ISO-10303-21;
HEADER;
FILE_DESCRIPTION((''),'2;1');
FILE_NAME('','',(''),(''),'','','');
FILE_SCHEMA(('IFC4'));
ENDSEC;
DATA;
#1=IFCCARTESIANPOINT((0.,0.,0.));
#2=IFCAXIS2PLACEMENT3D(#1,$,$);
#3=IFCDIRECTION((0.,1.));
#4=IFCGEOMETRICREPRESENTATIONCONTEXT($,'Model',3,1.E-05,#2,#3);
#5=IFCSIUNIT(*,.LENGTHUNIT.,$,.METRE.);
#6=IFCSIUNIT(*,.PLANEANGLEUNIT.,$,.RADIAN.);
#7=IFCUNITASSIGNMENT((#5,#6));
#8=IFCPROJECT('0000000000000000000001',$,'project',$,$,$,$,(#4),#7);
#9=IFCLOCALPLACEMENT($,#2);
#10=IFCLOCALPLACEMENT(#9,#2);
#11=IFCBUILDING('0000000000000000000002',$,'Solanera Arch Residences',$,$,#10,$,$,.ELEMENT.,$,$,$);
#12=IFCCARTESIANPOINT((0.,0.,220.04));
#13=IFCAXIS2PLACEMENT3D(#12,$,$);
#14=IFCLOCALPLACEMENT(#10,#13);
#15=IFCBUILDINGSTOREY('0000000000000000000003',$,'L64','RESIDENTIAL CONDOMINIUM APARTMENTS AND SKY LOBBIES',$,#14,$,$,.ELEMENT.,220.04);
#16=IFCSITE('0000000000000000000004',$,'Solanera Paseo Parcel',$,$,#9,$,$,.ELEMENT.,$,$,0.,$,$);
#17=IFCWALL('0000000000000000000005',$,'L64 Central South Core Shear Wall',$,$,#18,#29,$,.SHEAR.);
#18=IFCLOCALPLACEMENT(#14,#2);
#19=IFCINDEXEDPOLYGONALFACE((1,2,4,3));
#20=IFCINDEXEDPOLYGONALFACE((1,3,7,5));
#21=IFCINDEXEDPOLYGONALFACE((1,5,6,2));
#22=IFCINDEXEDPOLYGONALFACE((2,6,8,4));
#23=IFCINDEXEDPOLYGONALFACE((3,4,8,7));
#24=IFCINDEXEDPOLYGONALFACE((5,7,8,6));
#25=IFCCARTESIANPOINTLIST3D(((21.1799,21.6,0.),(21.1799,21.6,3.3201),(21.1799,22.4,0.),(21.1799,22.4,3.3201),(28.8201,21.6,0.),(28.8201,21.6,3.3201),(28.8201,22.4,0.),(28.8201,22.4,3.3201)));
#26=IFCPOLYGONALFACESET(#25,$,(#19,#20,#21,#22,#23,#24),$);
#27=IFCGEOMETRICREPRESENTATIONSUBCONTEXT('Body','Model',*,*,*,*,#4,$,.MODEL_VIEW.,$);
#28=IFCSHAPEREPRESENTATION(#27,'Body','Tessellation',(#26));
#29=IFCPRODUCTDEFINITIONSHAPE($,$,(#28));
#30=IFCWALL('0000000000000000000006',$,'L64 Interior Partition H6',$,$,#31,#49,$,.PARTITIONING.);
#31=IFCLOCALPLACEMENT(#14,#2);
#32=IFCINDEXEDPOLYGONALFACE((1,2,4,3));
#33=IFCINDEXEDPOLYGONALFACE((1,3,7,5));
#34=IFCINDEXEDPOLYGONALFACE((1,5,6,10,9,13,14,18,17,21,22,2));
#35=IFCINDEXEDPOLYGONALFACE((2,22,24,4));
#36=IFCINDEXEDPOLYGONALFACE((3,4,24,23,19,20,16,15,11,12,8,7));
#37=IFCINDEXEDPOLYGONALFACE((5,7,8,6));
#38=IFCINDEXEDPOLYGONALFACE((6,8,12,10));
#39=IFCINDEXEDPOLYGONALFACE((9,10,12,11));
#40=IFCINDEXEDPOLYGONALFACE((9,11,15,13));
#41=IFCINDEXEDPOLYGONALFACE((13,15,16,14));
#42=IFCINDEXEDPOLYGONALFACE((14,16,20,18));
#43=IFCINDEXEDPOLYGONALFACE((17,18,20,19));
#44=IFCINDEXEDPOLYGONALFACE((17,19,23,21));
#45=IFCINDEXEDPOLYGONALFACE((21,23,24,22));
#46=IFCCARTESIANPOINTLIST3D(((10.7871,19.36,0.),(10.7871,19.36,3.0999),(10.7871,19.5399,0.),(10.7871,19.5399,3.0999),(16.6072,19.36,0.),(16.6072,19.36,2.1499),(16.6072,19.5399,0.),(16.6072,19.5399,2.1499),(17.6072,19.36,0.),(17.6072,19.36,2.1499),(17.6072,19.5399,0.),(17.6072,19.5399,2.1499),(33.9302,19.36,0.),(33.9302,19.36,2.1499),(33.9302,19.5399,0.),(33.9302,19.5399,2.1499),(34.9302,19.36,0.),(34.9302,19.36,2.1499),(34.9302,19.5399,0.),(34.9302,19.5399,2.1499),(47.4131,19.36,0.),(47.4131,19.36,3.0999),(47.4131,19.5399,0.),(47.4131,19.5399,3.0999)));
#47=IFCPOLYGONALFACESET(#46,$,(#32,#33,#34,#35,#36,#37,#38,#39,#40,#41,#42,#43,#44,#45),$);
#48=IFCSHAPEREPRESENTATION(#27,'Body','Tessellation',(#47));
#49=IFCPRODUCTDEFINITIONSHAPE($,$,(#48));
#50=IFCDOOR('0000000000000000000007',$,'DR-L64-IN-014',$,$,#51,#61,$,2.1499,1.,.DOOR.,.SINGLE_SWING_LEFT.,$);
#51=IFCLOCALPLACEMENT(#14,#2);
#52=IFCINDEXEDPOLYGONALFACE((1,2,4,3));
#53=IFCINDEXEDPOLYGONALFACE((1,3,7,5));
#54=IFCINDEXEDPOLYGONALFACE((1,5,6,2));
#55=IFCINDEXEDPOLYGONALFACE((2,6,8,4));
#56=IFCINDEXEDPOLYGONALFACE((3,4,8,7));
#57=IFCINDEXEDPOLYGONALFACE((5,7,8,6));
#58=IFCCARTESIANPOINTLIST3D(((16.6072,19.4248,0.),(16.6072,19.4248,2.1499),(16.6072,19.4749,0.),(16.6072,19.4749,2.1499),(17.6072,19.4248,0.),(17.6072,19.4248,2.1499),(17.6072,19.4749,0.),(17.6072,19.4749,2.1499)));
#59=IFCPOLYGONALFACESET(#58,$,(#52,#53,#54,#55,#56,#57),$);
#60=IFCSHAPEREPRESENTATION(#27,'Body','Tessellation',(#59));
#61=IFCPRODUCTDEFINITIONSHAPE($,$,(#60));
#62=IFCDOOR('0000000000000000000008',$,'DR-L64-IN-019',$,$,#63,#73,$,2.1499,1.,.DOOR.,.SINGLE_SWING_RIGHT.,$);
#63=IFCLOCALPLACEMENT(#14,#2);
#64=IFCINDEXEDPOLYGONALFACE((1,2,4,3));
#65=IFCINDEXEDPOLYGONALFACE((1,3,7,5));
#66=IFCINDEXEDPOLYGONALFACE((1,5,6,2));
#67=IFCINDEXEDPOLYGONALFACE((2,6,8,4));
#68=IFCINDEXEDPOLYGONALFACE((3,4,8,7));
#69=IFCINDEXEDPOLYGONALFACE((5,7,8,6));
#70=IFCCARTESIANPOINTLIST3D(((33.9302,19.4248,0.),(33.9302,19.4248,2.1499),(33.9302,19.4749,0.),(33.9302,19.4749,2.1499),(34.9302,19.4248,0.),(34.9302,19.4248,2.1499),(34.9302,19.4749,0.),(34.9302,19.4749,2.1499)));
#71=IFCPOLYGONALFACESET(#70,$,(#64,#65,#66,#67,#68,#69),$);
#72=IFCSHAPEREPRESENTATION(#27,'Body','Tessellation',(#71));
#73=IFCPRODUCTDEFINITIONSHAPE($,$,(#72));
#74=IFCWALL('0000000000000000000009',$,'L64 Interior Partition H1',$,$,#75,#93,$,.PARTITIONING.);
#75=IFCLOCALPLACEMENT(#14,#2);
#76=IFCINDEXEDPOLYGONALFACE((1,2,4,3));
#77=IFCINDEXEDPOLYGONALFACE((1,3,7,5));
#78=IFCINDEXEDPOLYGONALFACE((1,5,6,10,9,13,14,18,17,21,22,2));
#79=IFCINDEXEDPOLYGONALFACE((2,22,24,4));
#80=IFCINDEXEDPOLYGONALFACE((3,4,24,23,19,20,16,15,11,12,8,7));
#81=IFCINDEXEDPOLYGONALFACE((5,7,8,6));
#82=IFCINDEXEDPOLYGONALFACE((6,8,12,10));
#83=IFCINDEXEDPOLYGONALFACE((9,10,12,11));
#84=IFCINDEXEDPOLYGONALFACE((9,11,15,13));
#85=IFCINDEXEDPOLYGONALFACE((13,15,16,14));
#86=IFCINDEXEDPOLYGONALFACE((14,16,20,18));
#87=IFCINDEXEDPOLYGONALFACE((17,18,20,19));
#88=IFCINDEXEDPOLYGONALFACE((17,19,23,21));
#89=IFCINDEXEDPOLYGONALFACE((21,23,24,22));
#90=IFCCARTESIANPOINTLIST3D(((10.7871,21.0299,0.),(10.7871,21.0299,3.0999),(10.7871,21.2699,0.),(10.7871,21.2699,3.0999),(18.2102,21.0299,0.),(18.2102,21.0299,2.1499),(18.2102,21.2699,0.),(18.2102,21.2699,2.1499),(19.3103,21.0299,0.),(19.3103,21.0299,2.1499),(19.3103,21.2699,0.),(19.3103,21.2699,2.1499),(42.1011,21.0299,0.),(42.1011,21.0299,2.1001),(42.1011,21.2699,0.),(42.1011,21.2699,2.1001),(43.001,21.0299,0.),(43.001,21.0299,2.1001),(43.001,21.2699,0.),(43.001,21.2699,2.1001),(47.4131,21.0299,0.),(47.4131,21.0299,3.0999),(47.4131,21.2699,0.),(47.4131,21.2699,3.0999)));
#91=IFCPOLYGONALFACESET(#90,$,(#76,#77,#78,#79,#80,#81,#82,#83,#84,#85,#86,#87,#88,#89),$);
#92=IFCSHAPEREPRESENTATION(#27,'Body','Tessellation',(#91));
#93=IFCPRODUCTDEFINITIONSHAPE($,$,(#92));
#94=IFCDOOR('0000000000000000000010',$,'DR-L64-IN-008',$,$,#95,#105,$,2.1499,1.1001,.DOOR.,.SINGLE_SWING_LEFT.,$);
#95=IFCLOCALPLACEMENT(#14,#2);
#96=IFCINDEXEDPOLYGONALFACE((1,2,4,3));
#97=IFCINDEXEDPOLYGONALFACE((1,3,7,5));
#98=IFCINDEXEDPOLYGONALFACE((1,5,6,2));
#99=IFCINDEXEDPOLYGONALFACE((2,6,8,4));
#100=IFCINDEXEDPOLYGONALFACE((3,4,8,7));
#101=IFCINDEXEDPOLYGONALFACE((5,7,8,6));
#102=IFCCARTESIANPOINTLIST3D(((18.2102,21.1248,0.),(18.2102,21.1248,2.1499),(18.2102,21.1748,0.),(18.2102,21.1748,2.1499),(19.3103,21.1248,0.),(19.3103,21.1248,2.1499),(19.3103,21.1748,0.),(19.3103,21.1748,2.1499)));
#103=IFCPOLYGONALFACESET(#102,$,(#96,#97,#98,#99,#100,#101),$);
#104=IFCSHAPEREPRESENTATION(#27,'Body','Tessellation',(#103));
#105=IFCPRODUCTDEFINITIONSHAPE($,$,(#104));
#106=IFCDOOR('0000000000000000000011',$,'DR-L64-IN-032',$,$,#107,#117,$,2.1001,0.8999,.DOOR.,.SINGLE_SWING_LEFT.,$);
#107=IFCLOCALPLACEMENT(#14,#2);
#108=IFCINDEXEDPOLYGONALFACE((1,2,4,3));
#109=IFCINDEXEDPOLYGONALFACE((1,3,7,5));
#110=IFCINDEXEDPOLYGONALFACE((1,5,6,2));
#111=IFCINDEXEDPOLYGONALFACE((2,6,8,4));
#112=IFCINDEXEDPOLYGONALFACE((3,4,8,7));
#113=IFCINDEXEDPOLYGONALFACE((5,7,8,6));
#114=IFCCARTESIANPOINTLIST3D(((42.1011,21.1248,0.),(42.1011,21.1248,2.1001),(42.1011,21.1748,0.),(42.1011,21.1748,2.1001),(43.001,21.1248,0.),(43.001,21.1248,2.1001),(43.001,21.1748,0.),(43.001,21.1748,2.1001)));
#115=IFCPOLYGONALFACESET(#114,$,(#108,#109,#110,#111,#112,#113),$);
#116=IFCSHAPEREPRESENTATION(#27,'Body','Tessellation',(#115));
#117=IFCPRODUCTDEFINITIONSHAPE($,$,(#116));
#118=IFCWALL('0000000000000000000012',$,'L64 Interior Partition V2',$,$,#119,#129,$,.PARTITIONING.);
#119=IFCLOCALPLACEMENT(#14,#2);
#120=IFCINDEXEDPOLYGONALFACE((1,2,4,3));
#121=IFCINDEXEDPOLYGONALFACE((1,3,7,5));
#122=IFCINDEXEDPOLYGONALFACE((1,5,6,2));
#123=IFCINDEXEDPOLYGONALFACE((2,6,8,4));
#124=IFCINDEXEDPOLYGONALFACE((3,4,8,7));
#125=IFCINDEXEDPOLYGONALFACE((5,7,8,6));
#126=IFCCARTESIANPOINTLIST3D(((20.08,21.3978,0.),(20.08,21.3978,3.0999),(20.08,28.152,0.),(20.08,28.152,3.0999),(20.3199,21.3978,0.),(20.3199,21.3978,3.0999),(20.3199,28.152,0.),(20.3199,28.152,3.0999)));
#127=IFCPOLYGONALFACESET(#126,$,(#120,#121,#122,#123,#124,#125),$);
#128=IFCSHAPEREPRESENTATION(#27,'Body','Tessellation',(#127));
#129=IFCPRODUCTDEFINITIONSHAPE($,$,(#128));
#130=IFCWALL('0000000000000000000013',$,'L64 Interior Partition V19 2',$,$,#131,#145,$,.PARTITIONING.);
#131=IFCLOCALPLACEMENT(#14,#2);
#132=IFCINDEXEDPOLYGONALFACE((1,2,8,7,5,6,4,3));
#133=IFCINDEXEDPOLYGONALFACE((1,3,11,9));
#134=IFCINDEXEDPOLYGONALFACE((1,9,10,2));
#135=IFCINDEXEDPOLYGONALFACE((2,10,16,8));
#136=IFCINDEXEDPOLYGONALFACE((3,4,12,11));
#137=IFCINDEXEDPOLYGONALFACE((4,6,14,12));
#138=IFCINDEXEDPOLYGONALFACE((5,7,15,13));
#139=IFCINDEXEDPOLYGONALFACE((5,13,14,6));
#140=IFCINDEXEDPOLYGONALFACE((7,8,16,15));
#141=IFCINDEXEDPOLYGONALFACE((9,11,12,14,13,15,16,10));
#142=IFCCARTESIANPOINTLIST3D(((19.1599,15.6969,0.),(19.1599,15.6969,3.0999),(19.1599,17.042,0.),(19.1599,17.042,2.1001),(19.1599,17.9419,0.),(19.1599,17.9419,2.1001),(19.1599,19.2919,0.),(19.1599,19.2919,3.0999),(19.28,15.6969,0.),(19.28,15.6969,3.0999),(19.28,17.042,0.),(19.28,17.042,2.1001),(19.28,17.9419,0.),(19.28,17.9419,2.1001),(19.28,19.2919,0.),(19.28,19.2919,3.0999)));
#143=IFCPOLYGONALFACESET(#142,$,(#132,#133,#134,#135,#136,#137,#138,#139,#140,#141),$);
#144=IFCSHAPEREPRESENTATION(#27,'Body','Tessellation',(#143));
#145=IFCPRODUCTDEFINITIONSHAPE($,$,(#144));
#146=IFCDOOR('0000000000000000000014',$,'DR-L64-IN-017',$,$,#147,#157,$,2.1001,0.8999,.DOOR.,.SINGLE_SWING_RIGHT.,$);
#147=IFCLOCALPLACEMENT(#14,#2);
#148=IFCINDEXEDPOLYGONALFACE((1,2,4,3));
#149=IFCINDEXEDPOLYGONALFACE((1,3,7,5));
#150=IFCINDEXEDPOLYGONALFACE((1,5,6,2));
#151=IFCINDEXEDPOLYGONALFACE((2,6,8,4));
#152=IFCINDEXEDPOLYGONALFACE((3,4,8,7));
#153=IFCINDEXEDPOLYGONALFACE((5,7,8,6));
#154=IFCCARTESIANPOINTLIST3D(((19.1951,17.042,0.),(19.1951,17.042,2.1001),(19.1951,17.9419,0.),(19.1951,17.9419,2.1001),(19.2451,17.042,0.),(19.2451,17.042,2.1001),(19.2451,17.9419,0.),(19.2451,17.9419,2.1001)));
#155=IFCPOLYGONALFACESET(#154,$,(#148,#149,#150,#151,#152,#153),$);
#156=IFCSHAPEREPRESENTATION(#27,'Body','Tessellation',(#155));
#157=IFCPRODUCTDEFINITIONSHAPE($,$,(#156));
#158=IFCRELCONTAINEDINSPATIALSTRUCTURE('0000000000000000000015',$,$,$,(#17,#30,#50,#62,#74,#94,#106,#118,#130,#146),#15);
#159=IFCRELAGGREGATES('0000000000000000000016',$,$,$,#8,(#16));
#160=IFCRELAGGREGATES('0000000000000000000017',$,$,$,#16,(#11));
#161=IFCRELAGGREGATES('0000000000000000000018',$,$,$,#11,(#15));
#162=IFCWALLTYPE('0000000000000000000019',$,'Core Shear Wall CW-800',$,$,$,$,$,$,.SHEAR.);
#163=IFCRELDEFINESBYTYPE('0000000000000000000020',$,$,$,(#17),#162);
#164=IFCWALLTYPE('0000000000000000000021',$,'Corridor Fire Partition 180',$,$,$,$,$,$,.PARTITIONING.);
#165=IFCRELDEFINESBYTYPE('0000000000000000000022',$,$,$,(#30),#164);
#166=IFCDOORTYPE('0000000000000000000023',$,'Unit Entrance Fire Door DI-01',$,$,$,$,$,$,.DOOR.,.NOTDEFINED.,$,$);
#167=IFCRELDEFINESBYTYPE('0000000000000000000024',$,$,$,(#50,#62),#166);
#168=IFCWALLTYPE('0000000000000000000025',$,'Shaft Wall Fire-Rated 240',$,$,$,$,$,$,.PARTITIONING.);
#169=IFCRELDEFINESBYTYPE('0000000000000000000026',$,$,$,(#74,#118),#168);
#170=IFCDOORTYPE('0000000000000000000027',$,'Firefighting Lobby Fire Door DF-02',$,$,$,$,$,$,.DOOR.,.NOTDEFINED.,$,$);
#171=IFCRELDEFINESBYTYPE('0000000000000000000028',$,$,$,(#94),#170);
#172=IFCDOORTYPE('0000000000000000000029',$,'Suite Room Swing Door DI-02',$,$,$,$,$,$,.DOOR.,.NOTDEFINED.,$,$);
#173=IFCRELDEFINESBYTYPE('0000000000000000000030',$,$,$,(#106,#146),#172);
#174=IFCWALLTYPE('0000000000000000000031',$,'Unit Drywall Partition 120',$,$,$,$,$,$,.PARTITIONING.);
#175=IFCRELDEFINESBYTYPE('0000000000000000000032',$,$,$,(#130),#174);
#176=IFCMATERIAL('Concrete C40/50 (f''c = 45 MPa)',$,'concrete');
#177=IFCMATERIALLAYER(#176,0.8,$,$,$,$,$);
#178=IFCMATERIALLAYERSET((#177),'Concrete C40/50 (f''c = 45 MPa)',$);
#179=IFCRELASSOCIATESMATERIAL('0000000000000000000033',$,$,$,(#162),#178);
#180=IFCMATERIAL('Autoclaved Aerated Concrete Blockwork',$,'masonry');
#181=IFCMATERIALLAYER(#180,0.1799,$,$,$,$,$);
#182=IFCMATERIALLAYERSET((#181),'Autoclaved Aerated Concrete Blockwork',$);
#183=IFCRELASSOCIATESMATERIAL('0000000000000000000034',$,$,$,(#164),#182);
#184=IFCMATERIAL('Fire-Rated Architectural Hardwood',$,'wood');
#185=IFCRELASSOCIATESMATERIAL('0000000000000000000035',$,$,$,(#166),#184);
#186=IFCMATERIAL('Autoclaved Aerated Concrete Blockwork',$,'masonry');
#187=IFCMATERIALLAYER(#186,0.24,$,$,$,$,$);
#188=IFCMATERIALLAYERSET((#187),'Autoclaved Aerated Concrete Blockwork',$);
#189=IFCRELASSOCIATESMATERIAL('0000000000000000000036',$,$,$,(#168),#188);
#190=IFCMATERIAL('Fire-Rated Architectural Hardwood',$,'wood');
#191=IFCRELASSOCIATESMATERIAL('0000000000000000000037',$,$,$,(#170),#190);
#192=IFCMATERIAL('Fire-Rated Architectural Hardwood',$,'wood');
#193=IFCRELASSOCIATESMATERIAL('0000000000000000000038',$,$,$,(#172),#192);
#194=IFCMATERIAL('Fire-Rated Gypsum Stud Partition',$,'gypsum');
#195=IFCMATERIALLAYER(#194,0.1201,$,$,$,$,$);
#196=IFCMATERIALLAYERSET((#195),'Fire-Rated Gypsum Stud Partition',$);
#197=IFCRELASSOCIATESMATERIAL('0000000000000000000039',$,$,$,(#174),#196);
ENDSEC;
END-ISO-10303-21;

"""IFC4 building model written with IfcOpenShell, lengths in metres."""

from ifc_helpers import new_model, si_unit, direction, frame, frame_2d, origin, place, context, subcontext, project, spatial, rectangle, extrude, material, layer, layer_set, type_object, element, fill, save


model = new_model("IFC4")

# Units and contexts
model_context = context("Model", 3, precision=1e-05, world=origin(), true_north=direction((0.0, 1.0)))
body_context = subcontext(model_context, "Body", "Model", "MODEL_VIEW")
ifc_project = project(units=[si_unit("LENGTHUNIT", "METRE"), si_unit("PLANEANGLEUNIT", "RADIAN")], contexts=[model_context])

# Site, building, storey
site_placement = place(None, origin())
site = spatial("IfcSite", under=ifc_project, at=site_placement, Name="Solanera Paseo Parcel", CompositionType="ELEMENT", RefElevation=0.0)
building_placement = place(site_placement, origin())
building = spatial("IfcBuilding", under=site, at=building_placement, Name="Solanera Arch Residences", CompositionType="ELEMENT")
storey_placement = place(building_placement, frame((0.0, 0.0, 220.04)))
storey = spatial("IfcBuildingStorey", under=building, at=storey_placement, Name="L64", Description="RESIDENTIAL CONDOMINIUM APARTMENTS AND SKY LOBBIES", CompositionType="ELEMENT", Elevation=220.04)

# Wall
ifc_material_1 = material(Name="Concrete C40/50 (f'c = 45 MPa)", Category="concrete")
ifc_layer_1 = layer(ifc_material_1, 0.8)
ifc_layer_set_1 = layer_set([ifc_layer_1], Name="Concrete C40/50 (f'c = 45 MPa)")
wall_type_1 = type_object("IfcWallType", Name="Core Shear Wall CW-800", PredefinedType="SHEAR", material=ifc_layer_set_1)
wall_1_placement = place(storey_placement, frame((21.1799, 22.0, 0.0), z_axis=(0.0, 0.0, 1.0), x_axis=(1.0, 0.0, 0.0)))
element("IfcWall", 1, at=wall_1_placement, inside=storey, type_object=wall_type_1, Name="L64 Central South Core Shear Wall", PredefinedType="SHEAR", context=body_context, shape_type="SweptSolid", body=[
    extrude(rectangle(XDim=7.6401, YDim=0.8, at=frame_2d((3.8201, 0.0))), origin(), (0.0, 0.0, 1.0), 3.3201),
])

# Walls, openings, doors
ifc_material_2 = material(Name="Autoclaved Aerated Concrete Blockwork", Category="masonry")
ifc_layer_2 = layer(ifc_material_2, 0.1799)
ifc_layer_set_2 = layer_set([ifc_layer_2], Name="Autoclaved Aerated Concrete Blockwork")
wall_type_2 = type_object("IfcWallType", Name="Corridor Fire Partition 180", PredefinedType="PARTITIONING", material=ifc_layer_set_2)
wall_2_placement = place(storey_placement, frame((10.7871, 19.45, 0.0), z_axis=(0.0, 0.0, 1.0), x_axis=(1.0, 0.0, 0.0)))
wall_2 = element("IfcWall", 2, at=wall_2_placement, inside=storey, type_object=wall_type_2, Name="L64 Interior Partition H6", PredefinedType="PARTITIONING", context=body_context, shape_type="SweptSolid", body=[
    extrude(rectangle(XDim=36.626, YDim=0.1799, at=frame_2d((18.313, 0.0))), origin(), (0.0, 0.0, 1.0), 3.0999),
])
opening_1_placement = place(wall_2_placement, frame((5.8201, 0.0, 0.0)))
opening_1 = element("IfcOpeningElement", 3, at=opening_1_placement, cuts=wall_2, PredefinedType="OPENING", context=body_context, shape_type="SweptSolid", body=[
    extrude(rectangle(XDim=1.0, YDim=2.1499, at=frame_2d((0.5, 1.075))), frame((0.0, 0.1001, 0.0), z_axis=(0.0, -1.0, 0.0), x_axis=(1.0, 0.0, 0.0)), (0.0, 0.0, 1.0), 0.1999),
])
opening_2_placement = place(wall_2_placement, frame((23.1431, 0.0, 0.0)))
opening_2 = element("IfcOpeningElement", 4, at=opening_2_placement, cuts=wall_2, PredefinedType="OPENING", context=body_context, shape_type="SweptSolid", body=[
    extrude(rectangle(XDim=1.0, YDim=2.1499, at=frame_2d((0.5, 1.075))), frame((0.0, 0.1001, 0.0), z_axis=(0.0, -1.0, 0.0), x_axis=(1.0, 0.0, 0.0)), (0.0, 0.0, 1.0), 0.1999),
])
ifc_material_3 = material(Name="Fire-Rated Architectural Hardwood", Category="wood")
door_type_1 = type_object("IfcDoorType", Name="Unit Entrance Fire Door DI-01", OperationType="NOTDEFINED", PredefinedType="DOOR", material=ifc_material_3)
door_1_placement = place(opening_1_placement, origin())
door_1 = element("IfcDoor", 5, at=door_1_placement, inside=storey, type_object=door_type_1, Name="DR-L64-IN-014", OperationType="SINGLE_SWING_LEFT", OverallHeight=2.1499, OverallWidth=1.0, PredefinedType="DOOR", context=body_context, shape_type="SweptSolid", body=[
    extrude(rectangle(XDim=1.0, YDim=2.1499, at=frame_2d((0.5, 1.075))), frame((0.0, 0.0249, 0.0), z_axis=(0.0, -1.0, 0.0), x_axis=(1.0, 0.0, 0.0)), (0.0, 0.0, 1.0), 0.05),
])
fill(opening_1, door_1)
door_2_placement = place(opening_2_placement, origin())
door_2 = element("IfcDoor", 6, at=door_2_placement, inside=storey, type_object=door_type_1, Name="DR-L64-IN-019", OperationType="SINGLE_SWING_RIGHT", OverallHeight=2.1499, OverallWidth=1.0, PredefinedType="DOOR", context=body_context, shape_type="SweptSolid", body=[
    extrude(rectangle(XDim=1.0, YDim=2.1499, at=frame_2d((0.5, 1.075))), frame((0.0, 0.0249, 0.0), z_axis=(0.0, -1.0, 0.0), x_axis=(1.0, 0.0, 0.0)), (0.0, 0.0, 1.0), 0.05),
])
fill(opening_2, door_2)
ifc_material_4 = material(Name="Autoclaved Aerated Concrete Blockwork", Category="masonry")
ifc_layer_3 = layer(ifc_material_4, 0.24)
ifc_layer_set_3 = layer_set([ifc_layer_3], Name="Autoclaved Aerated Concrete Blockwork")
wall_type_3 = type_object("IfcWallType", Name="Shaft Wall Fire-Rated 240", PredefinedType="PARTITIONING", material=ifc_layer_set_3)
wall_3_placement = place(storey_placement, frame((10.7871, 21.1499, 0.0), z_axis=(0.0, 0.0, 1.0), x_axis=(1.0, 0.0, 0.0)))
wall_3 = element("IfcWall", 7, at=wall_3_placement, inside=storey, type_object=wall_type_3, Name="L64 Interior Partition H1", PredefinedType="PARTITIONING", context=body_context, shape_type="SweptSolid", body=[
    extrude(rectangle(XDim=36.626, YDim=0.24, at=frame_2d((18.313, 0.0))), origin(), (0.0, 0.0, 1.0), 3.0999),
])
opening_3_placement = place(wall_3_placement, frame((7.4231, 0.0, 0.0)))
opening_3 = element("IfcOpeningElement", 8, at=opening_3_placement, cuts=wall_3, PredefinedType="OPENING", context=body_context, shape_type="SweptSolid", body=[
    extrude(rectangle(XDim=1.1001, YDim=2.1499, at=frame_2d((0.55, 1.075))), frame((0.0, 0.1299, 0.0), z_axis=(0.0, -1.0, 0.0), x_axis=(1.0, 0.0, 0.0)), (0.0, 0.0, 1.0), 0.26),
])
opening_4_placement = place(wall_3_placement, frame((31.314, 0.0, 0.0)))
opening_4 = element("IfcOpeningElement", 9, at=opening_4_placement, cuts=wall_3, PredefinedType="OPENING", context=body_context, shape_type="SweptSolid", body=[
    extrude(rectangle(XDim=0.8999, YDim=2.1001, at=frame_2d((0.45, 1.05))), frame((0.0, 0.1299, 0.0), z_axis=(0.0, -1.0, 0.0), x_axis=(1.0, 0.0, 0.0)), (0.0, 0.0, 1.0), 0.26),
])
ifc_material_5 = material(Name="Fire-Rated Architectural Hardwood", Category="wood")
door_type_2 = type_object("IfcDoorType", Name="Firefighting Lobby Fire Door DF-02", OperationType="NOTDEFINED", PredefinedType="DOOR", material=ifc_material_5)
door_3_placement = place(opening_3_placement, origin())
door_3 = element("IfcDoor", 10, at=door_3_placement, inside=storey, type_object=door_type_2, Name="DR-L64-IN-008", OperationType="SINGLE_SWING_LEFT", OverallHeight=2.1499, OverallWidth=1.1001, PredefinedType="DOOR", context=body_context, shape_type="SweptSolid", body=[
    extrude(rectangle(XDim=1.1001, YDim=2.1499, at=frame_2d((0.55, 1.075))), frame((0.0, 0.0249, 0.0), z_axis=(0.0, -1.0, 0.0), x_axis=(1.0, 0.0, 0.0)), (0.0, 0.0, 1.0), 0.05),
])
fill(opening_3, door_3)
ifc_material_6 = material(Name="Fire-Rated Architectural Hardwood", Category="wood")
door_type_3 = type_object("IfcDoorType", Name="Suite Room Swing Door DI-02", OperationType="NOTDEFINED", PredefinedType="DOOR", material=ifc_material_6)
door_4_placement = place(opening_4_placement, origin())
door_4 = element("IfcDoor", 11, at=door_4_placement, inside=storey, type_object=door_type_3, Name="DR-L64-IN-032", OperationType="SINGLE_SWING_LEFT", OverallHeight=2.1001, OverallWidth=0.8999, PredefinedType="DOOR", context=body_context, shape_type="SweptSolid", body=[
    extrude(rectangle(XDim=0.8999, YDim=2.1001, at=frame_2d((0.45, 1.05))), frame((0.0, 0.0249, 0.0), z_axis=(0.0, -1.0, 0.0), x_axis=(1.0, 0.0, 0.0)), (0.0, 0.0, 1.0), 0.05),
])
fill(opening_4, door_4)

# Wall
wall_4_placement = place(storey_placement, frame((20.2, 21.3979, 0.0), z_axis=(0.0, 0.0, 1.0), x_axis=(0.0, 1.0, 0.0)))
element("IfcWall", 12, at=wall_4_placement, inside=storey, type_object=wall_type_3, Name="L64 Interior Partition V2", PredefinedType="PARTITIONING", context=body_context, shape_type="SweptSolid", body=[
    extrude(rectangle(XDim=6.7542, YDim=0.24, at=frame_2d((3.377, 0.0))), origin(), (0.0, 0.0, 1.0), 3.0999),
])

# Wall, opening, door
ifc_material_7 = material(Name="Fire-Rated Gypsum Stud Partition", Category="gypsum")
ifc_layer_4 = layer(ifc_material_7, 0.1201)
ifc_layer_set_4 = layer_set([ifc_layer_4], Name="Fire-Rated Gypsum Stud Partition")
wall_type_4 = type_object("IfcWallType", Name="Unit Drywall Partition 120", PredefinedType="PARTITIONING", material=ifc_layer_set_4)
wall_5_placement = place(storey_placement, frame((19.22, 15.697, 0.0), z_axis=(0.0, 0.0, 1.0), x_axis=(0.0, 1.0, 0.0)))
wall_5 = element("IfcWall", 13, at=wall_5_placement, inside=storey, type_object=wall_type_4, Name="L64 Interior Partition V19 2", PredefinedType="PARTITIONING", context=body_context, shape_type="SweptSolid", body=[
    extrude(rectangle(XDim=3.595, YDim=0.1201, at=frame_2d((1.7974, 0.0))), origin(), (0.0, 0.0, 1.0), 3.0999),
])
opening_5_placement = place(wall_5_placement, frame((1.345, 0.0, 0.0)))
opening_5 = element("IfcOpeningElement", 14, at=opening_5_placement, cuts=wall_5, PredefinedType="OPENING", context=body_context, shape_type="SweptSolid", body=[
    extrude(rectangle(XDim=0.8999, YDim=2.1001, at=frame_2d((0.45, 1.05))), frame((0.0, 0.0701, 0.0), z_axis=(0.0, -1.0, 0.0), x_axis=(1.0, 0.0, 0.0)), (0.0, 0.0, 1.0), 0.1401),
])
door_5_placement = place(opening_5_placement, origin())
door_5 = element("IfcDoor", 15, at=door_5_placement, inside=storey, type_object=door_type_3, Name="DR-L64-IN-017", OperationType="SINGLE_SWING_RIGHT", OverallHeight=2.1001, OverallWidth=0.8999, PredefinedType="DOOR", context=body_context, shape_type="SweptSolid", body=[
    extrude(rectangle(XDim=0.8999, YDim=2.1001, at=frame_2d((0.45, 1.05))), frame((0.0, 0.0249, 0.0), z_axis=(0.0, -1.0, 0.0), x_axis=(1.0, 0.0, 0.0)), (0.0, 0.0, 1.0), 0.05),
])
fill(opening_5, door_5)

save(model, "model.ifc")
